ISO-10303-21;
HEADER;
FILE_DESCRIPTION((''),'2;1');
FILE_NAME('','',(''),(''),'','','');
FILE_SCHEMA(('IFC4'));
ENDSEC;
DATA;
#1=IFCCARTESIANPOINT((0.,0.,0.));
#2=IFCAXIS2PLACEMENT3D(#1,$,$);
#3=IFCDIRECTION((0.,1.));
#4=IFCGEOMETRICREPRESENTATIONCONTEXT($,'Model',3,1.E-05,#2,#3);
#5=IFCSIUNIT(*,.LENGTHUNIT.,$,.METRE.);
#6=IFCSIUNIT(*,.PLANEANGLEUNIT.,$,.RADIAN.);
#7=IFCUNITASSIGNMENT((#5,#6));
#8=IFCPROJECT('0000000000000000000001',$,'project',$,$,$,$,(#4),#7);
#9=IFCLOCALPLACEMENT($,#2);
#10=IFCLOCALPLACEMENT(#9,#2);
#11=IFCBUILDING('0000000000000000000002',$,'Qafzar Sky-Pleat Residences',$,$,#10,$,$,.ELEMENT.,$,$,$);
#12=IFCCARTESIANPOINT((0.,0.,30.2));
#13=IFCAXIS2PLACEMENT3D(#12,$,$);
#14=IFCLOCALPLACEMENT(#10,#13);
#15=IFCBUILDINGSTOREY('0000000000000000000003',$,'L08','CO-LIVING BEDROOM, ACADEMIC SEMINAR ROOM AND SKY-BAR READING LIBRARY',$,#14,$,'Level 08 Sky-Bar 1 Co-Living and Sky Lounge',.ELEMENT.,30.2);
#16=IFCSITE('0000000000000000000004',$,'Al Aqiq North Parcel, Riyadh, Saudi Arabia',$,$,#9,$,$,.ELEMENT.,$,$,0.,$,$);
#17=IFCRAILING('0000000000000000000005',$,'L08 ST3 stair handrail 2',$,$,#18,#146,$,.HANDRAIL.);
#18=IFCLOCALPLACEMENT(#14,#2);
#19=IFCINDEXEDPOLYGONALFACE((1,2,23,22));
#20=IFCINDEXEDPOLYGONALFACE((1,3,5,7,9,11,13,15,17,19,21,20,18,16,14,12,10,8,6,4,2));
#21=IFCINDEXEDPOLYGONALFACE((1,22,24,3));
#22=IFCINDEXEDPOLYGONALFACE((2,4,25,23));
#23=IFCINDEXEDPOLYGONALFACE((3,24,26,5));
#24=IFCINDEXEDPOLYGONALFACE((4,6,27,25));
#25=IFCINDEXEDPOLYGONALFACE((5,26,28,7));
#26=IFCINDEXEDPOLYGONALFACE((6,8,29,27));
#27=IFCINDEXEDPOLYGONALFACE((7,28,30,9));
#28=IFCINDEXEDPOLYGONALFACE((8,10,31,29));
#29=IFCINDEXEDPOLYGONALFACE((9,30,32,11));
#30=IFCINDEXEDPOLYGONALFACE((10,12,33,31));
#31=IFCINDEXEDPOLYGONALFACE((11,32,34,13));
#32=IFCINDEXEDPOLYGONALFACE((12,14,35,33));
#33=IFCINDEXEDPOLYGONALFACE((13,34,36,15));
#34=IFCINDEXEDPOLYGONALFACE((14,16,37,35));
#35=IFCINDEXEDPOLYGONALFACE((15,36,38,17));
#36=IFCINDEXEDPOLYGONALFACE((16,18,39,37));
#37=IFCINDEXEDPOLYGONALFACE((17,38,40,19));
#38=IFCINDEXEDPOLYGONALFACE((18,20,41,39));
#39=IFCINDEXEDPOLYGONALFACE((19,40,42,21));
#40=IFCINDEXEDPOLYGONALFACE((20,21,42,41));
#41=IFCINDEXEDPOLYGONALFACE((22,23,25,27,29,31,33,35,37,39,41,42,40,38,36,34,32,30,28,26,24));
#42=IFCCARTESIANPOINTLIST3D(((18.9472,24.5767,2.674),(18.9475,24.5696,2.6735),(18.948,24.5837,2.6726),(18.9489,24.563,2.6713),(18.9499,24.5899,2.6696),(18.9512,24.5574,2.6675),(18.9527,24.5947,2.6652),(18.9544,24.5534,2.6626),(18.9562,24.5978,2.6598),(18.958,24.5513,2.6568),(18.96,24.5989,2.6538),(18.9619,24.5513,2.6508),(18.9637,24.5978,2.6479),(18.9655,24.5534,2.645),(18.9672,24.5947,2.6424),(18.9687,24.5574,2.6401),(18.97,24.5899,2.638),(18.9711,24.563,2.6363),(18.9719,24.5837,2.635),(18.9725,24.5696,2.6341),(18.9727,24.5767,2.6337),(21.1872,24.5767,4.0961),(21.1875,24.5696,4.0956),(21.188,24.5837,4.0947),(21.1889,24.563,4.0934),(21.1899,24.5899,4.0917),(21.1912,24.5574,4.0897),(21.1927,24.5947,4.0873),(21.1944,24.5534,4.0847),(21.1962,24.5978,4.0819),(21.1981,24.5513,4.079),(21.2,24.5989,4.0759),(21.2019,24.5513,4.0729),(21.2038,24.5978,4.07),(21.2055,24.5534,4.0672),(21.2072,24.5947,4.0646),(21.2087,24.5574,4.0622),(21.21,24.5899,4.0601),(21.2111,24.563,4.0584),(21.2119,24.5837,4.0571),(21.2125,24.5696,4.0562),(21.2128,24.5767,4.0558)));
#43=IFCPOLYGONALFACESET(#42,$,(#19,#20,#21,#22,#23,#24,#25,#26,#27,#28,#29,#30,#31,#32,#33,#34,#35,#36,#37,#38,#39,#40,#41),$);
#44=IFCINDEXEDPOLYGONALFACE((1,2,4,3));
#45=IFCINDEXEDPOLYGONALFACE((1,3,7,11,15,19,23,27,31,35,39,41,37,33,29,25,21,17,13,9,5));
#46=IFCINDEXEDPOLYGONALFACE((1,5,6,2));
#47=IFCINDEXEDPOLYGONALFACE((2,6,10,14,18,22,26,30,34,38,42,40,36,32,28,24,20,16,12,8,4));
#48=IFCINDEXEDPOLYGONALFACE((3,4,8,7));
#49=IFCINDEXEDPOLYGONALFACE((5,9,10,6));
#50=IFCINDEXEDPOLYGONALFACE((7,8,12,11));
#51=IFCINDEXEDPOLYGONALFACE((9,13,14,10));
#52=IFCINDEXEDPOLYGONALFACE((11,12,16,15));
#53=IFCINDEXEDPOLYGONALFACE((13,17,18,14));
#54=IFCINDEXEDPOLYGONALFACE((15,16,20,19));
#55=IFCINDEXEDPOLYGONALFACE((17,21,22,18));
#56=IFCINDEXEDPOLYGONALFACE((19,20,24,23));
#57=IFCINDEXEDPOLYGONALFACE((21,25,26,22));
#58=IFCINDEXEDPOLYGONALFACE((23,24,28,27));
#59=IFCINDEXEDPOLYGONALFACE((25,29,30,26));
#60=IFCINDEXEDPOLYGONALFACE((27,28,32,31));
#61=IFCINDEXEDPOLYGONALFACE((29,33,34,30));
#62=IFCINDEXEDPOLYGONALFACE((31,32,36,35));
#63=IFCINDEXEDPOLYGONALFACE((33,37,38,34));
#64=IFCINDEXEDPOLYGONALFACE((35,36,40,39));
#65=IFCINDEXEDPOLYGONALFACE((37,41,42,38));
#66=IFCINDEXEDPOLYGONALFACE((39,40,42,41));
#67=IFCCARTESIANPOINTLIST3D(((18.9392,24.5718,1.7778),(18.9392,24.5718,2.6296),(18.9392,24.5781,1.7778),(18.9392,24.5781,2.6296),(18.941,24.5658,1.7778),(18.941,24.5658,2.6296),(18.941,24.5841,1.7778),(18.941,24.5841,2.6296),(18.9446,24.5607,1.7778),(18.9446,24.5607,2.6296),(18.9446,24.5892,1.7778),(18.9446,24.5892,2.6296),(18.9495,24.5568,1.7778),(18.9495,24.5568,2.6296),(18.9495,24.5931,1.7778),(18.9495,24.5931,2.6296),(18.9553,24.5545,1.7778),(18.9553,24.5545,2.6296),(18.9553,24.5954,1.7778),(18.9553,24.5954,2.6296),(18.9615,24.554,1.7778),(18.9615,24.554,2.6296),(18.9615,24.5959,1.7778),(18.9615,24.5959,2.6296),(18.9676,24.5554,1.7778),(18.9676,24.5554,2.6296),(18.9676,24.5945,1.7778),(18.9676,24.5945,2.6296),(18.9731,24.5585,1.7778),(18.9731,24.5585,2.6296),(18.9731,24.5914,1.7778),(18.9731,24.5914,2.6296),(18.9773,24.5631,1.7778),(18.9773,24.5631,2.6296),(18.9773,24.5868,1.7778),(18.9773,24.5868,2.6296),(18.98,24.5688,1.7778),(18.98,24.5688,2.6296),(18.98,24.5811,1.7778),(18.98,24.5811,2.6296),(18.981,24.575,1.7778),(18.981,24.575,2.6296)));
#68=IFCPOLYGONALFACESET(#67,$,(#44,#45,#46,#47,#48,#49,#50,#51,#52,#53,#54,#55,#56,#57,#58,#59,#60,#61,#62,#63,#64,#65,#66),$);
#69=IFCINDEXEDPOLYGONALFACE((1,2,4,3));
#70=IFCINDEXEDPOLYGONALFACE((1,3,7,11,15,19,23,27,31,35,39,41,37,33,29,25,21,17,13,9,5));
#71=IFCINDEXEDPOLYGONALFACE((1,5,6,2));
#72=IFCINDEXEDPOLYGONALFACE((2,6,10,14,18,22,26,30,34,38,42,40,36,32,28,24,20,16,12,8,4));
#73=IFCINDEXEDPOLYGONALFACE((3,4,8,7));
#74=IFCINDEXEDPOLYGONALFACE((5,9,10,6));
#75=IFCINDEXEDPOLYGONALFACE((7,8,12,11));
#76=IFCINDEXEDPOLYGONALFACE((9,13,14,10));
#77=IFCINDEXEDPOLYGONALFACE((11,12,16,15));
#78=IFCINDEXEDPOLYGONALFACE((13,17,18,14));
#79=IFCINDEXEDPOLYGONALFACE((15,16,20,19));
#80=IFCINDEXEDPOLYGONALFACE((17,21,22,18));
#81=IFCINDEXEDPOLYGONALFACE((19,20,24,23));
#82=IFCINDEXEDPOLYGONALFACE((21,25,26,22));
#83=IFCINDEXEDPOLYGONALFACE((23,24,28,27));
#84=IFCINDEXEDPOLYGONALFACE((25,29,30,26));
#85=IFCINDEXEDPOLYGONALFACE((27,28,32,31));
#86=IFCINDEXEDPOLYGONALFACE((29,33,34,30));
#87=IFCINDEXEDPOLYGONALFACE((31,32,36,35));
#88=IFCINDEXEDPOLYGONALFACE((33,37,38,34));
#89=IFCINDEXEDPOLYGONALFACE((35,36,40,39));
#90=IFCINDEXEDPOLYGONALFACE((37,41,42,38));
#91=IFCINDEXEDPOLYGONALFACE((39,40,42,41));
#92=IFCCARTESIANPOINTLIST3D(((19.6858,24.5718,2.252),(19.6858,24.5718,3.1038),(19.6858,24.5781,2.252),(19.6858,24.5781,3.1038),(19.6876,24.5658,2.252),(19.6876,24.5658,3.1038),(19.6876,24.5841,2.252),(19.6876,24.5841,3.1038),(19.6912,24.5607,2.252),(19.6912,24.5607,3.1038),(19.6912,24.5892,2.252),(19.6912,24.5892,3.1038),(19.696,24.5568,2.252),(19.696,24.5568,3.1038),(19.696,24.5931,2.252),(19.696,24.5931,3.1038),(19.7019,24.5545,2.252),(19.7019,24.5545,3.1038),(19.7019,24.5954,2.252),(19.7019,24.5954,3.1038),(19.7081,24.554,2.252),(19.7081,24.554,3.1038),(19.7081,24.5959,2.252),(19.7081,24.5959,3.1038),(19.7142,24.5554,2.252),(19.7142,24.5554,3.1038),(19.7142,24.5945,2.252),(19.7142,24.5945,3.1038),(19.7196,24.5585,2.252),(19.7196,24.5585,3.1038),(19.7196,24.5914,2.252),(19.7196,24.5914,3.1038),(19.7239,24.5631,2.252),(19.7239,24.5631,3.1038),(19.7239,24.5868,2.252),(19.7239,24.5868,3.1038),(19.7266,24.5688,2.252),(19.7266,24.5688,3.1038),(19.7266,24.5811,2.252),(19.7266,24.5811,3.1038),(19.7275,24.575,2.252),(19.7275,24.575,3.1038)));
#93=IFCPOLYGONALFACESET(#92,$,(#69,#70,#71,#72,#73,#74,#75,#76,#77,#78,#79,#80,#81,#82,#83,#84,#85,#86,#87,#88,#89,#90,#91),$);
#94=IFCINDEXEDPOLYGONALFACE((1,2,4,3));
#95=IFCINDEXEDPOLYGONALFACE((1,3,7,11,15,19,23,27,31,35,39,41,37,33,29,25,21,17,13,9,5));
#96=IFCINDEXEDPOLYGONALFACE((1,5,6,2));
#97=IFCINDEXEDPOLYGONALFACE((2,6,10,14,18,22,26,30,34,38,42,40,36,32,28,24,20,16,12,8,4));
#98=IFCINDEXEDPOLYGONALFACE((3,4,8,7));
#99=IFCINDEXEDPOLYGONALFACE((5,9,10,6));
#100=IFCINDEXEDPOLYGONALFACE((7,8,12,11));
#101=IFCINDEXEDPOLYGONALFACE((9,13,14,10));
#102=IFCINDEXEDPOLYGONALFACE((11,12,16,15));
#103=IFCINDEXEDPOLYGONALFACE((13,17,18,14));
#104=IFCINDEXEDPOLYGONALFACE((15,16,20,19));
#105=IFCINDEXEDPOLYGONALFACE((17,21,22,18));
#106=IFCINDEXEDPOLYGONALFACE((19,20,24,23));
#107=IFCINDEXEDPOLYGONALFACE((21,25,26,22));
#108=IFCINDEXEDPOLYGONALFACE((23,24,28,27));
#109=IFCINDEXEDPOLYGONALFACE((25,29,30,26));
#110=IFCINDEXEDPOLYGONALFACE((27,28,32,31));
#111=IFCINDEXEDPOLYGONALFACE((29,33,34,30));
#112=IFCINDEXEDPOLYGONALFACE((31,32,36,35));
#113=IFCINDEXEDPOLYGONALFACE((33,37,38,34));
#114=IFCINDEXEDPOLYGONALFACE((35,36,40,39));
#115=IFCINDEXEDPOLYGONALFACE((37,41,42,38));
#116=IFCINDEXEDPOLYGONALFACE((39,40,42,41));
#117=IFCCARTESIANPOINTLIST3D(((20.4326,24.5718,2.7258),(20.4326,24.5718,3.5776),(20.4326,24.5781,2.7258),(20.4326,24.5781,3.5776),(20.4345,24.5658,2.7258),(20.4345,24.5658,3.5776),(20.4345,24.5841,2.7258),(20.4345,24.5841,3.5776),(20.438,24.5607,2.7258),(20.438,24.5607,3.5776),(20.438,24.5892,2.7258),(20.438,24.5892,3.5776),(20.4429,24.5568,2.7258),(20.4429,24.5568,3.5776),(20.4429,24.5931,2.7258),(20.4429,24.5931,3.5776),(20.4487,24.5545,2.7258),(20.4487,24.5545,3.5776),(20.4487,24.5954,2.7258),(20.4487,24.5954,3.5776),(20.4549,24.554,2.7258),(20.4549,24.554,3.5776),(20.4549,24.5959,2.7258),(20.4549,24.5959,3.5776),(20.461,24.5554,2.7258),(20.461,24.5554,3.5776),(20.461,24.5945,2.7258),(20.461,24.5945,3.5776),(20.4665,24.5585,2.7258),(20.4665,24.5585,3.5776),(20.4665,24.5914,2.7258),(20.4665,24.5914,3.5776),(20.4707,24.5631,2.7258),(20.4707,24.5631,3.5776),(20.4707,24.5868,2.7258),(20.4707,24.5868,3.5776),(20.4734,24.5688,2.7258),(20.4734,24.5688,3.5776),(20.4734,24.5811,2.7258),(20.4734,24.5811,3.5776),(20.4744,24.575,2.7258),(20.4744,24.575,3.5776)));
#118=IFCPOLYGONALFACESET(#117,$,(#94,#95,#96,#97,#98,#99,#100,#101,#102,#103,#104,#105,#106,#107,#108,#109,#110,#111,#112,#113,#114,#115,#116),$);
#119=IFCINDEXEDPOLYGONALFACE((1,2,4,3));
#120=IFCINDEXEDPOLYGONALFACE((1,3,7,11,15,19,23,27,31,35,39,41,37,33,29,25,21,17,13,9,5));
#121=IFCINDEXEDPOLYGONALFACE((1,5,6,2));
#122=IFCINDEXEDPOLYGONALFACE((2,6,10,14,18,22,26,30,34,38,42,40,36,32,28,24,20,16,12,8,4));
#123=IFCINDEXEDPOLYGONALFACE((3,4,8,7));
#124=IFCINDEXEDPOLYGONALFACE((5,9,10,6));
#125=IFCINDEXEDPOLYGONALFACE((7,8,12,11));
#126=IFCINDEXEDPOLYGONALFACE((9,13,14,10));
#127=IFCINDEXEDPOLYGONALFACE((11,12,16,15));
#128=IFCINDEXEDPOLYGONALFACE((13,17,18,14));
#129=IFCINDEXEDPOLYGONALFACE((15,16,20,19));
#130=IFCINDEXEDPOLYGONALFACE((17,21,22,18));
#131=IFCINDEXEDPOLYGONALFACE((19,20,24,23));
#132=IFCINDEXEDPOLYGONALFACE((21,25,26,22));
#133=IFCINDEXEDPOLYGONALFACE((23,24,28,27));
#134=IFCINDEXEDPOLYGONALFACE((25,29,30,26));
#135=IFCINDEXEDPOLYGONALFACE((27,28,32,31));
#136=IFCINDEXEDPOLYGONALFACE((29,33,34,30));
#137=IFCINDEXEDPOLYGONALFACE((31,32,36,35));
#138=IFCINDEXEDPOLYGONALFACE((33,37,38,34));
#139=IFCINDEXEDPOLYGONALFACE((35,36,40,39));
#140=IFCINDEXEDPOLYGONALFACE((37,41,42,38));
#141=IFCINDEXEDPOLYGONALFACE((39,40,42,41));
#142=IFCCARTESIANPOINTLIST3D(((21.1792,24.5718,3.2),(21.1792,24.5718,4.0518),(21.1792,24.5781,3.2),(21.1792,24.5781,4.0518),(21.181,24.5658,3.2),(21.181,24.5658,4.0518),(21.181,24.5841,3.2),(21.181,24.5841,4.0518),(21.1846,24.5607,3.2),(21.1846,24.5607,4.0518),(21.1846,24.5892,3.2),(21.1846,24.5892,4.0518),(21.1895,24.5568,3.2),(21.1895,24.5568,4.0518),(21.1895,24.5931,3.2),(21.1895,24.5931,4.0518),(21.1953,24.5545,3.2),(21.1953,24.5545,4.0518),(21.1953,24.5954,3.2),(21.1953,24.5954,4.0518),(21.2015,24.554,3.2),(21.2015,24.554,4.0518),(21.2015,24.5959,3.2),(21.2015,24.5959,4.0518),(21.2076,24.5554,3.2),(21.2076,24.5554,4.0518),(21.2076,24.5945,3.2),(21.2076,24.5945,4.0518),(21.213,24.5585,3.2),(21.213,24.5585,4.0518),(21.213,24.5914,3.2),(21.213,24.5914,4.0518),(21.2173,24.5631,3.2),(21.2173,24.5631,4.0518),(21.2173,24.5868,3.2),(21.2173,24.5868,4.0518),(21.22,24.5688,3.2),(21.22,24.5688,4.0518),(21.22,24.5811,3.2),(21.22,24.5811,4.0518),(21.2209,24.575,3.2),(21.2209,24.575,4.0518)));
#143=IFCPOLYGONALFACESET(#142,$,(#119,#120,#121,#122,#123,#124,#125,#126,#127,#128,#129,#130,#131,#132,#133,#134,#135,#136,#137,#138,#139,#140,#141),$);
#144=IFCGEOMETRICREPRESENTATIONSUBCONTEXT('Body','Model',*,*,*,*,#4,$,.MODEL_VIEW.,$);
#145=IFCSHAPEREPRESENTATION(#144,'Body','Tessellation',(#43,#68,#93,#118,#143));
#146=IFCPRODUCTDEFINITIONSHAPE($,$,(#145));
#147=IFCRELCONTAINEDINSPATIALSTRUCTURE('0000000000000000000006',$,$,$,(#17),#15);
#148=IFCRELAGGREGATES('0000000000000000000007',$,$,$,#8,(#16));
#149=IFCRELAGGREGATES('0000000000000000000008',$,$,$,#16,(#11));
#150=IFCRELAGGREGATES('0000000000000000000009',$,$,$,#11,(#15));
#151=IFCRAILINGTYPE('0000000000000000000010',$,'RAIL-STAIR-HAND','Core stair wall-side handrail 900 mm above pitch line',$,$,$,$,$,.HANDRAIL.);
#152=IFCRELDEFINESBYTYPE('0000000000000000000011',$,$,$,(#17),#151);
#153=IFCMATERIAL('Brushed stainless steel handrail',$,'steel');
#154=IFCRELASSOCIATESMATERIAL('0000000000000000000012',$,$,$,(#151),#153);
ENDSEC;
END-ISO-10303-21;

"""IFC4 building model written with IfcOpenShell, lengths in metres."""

from ifc_helpers import new_model, si_unit, direction, frame, origin, origin_2d, place, context, subcontext, project, spatial, circle, extrude, source, transform, mapped, material, type_object, element, save


model = new_model("IFC4")

# Units and contexts
model_context = context("Model", 3, precision=1e-05, world=origin(), true_north=direction((0.0, 1.0)))
body_context = subcontext(model_context, "Body", "Model", "MODEL_VIEW")
ifc_project = project(units=[si_unit("LENGTHUNIT", "METRE"), si_unit("PLANEANGLEUNIT", "RADIAN")], contexts=[model_context])

# Site, building, storey
site_placement = place(None, origin())
site = spatial("IfcSite", under=ifc_project, at=site_placement, Name="Al Aqiq North Parcel, Riyadh, Saudi Arabia", CompositionType="ELEMENT", RefElevation=0.0)
building_placement = place(site_placement, origin())
building = spatial("IfcBuilding", under=site, at=building_placement, Name="Qafzar Sky-Pleat Residences", CompositionType="ELEMENT")
storey_placement = place(building_placement, frame((0.0, 0.0, 30.2)))
storey = spatial("IfcBuildingStorey", under=building, at=storey_placement, Name="L08", Description="CO-LIVING BEDROOM, ACADEMIC SEMINAR ROOM AND SKY-BAR READING LIBRARY", LongName="Level 08 Sky-Bar 1 Co-Living and Sky Lounge", CompositionType="ELEMENT", Elevation=30.2)

# Railing
ifc_material_1 = material(Name="Brushed stainless steel handrail", Category="steel")
railing_type_1 = type_object("IfcRailingType", Name="RAIL-STAIR-HAND", Description="Core stair wall-side handrail 900 mm above pitch line", PredefinedType="HANDRAIL", material=ifc_material_1)
shared_shape_1 = source(origin(), body_context, "Body", "SweptSolid", [
    extrude(circle(Radius=0.0239, at=origin_2d()), frame((0.0, 0.0, 0.876), z_axis=(0.844229, 0.0, 0.535982), x_axis=(0.0, 1.0, 0.0)), (0.0, 0.0, 1.0), 2.6533),
    extrude(circle(Radius=0.021, at=origin_2d()), origin(), (0.0, 0.0, 1.0), 0.8518),
    extrude(circle(Radius=0.021, at=origin_2d()), frame((0.7466, 0.0, 0.4741)), (0.0, 0.0, 1.0), 0.8518),
    extrude(circle(Radius=0.021, at=origin_2d()), frame((1.4934, 0.0, 0.948)), (0.0, 0.0, 1.0), 0.8518),
    extrude(circle(Radius=0.021, at=origin_2d()), frame((2.24, 0.0, 1.4221)), (0.0, 0.0, 1.0), 0.8518),
])
railing_1_placement = place(storey_placement, frame((18.96, 24.575, 1.7778)))
element("IfcRailing", 1, at=railing_1_placement, inside=storey, type_object=railing_type_1, Name="L08 ST3 stair handrail 2", PredefinedType="HANDRAIL", context=body_context, shape_type="MappedRepresentation", body=[
    mapped(shared_shape_1, transform((0.0, 0.0, 0.0), x_axis=(1.0, 0.0, 0.0), y_axis=(0.0, 1.0, 0.0), z_axis=(0.0, 0.0, 1.0), scale=1.0)),
])

save(model, "model.ifc")
